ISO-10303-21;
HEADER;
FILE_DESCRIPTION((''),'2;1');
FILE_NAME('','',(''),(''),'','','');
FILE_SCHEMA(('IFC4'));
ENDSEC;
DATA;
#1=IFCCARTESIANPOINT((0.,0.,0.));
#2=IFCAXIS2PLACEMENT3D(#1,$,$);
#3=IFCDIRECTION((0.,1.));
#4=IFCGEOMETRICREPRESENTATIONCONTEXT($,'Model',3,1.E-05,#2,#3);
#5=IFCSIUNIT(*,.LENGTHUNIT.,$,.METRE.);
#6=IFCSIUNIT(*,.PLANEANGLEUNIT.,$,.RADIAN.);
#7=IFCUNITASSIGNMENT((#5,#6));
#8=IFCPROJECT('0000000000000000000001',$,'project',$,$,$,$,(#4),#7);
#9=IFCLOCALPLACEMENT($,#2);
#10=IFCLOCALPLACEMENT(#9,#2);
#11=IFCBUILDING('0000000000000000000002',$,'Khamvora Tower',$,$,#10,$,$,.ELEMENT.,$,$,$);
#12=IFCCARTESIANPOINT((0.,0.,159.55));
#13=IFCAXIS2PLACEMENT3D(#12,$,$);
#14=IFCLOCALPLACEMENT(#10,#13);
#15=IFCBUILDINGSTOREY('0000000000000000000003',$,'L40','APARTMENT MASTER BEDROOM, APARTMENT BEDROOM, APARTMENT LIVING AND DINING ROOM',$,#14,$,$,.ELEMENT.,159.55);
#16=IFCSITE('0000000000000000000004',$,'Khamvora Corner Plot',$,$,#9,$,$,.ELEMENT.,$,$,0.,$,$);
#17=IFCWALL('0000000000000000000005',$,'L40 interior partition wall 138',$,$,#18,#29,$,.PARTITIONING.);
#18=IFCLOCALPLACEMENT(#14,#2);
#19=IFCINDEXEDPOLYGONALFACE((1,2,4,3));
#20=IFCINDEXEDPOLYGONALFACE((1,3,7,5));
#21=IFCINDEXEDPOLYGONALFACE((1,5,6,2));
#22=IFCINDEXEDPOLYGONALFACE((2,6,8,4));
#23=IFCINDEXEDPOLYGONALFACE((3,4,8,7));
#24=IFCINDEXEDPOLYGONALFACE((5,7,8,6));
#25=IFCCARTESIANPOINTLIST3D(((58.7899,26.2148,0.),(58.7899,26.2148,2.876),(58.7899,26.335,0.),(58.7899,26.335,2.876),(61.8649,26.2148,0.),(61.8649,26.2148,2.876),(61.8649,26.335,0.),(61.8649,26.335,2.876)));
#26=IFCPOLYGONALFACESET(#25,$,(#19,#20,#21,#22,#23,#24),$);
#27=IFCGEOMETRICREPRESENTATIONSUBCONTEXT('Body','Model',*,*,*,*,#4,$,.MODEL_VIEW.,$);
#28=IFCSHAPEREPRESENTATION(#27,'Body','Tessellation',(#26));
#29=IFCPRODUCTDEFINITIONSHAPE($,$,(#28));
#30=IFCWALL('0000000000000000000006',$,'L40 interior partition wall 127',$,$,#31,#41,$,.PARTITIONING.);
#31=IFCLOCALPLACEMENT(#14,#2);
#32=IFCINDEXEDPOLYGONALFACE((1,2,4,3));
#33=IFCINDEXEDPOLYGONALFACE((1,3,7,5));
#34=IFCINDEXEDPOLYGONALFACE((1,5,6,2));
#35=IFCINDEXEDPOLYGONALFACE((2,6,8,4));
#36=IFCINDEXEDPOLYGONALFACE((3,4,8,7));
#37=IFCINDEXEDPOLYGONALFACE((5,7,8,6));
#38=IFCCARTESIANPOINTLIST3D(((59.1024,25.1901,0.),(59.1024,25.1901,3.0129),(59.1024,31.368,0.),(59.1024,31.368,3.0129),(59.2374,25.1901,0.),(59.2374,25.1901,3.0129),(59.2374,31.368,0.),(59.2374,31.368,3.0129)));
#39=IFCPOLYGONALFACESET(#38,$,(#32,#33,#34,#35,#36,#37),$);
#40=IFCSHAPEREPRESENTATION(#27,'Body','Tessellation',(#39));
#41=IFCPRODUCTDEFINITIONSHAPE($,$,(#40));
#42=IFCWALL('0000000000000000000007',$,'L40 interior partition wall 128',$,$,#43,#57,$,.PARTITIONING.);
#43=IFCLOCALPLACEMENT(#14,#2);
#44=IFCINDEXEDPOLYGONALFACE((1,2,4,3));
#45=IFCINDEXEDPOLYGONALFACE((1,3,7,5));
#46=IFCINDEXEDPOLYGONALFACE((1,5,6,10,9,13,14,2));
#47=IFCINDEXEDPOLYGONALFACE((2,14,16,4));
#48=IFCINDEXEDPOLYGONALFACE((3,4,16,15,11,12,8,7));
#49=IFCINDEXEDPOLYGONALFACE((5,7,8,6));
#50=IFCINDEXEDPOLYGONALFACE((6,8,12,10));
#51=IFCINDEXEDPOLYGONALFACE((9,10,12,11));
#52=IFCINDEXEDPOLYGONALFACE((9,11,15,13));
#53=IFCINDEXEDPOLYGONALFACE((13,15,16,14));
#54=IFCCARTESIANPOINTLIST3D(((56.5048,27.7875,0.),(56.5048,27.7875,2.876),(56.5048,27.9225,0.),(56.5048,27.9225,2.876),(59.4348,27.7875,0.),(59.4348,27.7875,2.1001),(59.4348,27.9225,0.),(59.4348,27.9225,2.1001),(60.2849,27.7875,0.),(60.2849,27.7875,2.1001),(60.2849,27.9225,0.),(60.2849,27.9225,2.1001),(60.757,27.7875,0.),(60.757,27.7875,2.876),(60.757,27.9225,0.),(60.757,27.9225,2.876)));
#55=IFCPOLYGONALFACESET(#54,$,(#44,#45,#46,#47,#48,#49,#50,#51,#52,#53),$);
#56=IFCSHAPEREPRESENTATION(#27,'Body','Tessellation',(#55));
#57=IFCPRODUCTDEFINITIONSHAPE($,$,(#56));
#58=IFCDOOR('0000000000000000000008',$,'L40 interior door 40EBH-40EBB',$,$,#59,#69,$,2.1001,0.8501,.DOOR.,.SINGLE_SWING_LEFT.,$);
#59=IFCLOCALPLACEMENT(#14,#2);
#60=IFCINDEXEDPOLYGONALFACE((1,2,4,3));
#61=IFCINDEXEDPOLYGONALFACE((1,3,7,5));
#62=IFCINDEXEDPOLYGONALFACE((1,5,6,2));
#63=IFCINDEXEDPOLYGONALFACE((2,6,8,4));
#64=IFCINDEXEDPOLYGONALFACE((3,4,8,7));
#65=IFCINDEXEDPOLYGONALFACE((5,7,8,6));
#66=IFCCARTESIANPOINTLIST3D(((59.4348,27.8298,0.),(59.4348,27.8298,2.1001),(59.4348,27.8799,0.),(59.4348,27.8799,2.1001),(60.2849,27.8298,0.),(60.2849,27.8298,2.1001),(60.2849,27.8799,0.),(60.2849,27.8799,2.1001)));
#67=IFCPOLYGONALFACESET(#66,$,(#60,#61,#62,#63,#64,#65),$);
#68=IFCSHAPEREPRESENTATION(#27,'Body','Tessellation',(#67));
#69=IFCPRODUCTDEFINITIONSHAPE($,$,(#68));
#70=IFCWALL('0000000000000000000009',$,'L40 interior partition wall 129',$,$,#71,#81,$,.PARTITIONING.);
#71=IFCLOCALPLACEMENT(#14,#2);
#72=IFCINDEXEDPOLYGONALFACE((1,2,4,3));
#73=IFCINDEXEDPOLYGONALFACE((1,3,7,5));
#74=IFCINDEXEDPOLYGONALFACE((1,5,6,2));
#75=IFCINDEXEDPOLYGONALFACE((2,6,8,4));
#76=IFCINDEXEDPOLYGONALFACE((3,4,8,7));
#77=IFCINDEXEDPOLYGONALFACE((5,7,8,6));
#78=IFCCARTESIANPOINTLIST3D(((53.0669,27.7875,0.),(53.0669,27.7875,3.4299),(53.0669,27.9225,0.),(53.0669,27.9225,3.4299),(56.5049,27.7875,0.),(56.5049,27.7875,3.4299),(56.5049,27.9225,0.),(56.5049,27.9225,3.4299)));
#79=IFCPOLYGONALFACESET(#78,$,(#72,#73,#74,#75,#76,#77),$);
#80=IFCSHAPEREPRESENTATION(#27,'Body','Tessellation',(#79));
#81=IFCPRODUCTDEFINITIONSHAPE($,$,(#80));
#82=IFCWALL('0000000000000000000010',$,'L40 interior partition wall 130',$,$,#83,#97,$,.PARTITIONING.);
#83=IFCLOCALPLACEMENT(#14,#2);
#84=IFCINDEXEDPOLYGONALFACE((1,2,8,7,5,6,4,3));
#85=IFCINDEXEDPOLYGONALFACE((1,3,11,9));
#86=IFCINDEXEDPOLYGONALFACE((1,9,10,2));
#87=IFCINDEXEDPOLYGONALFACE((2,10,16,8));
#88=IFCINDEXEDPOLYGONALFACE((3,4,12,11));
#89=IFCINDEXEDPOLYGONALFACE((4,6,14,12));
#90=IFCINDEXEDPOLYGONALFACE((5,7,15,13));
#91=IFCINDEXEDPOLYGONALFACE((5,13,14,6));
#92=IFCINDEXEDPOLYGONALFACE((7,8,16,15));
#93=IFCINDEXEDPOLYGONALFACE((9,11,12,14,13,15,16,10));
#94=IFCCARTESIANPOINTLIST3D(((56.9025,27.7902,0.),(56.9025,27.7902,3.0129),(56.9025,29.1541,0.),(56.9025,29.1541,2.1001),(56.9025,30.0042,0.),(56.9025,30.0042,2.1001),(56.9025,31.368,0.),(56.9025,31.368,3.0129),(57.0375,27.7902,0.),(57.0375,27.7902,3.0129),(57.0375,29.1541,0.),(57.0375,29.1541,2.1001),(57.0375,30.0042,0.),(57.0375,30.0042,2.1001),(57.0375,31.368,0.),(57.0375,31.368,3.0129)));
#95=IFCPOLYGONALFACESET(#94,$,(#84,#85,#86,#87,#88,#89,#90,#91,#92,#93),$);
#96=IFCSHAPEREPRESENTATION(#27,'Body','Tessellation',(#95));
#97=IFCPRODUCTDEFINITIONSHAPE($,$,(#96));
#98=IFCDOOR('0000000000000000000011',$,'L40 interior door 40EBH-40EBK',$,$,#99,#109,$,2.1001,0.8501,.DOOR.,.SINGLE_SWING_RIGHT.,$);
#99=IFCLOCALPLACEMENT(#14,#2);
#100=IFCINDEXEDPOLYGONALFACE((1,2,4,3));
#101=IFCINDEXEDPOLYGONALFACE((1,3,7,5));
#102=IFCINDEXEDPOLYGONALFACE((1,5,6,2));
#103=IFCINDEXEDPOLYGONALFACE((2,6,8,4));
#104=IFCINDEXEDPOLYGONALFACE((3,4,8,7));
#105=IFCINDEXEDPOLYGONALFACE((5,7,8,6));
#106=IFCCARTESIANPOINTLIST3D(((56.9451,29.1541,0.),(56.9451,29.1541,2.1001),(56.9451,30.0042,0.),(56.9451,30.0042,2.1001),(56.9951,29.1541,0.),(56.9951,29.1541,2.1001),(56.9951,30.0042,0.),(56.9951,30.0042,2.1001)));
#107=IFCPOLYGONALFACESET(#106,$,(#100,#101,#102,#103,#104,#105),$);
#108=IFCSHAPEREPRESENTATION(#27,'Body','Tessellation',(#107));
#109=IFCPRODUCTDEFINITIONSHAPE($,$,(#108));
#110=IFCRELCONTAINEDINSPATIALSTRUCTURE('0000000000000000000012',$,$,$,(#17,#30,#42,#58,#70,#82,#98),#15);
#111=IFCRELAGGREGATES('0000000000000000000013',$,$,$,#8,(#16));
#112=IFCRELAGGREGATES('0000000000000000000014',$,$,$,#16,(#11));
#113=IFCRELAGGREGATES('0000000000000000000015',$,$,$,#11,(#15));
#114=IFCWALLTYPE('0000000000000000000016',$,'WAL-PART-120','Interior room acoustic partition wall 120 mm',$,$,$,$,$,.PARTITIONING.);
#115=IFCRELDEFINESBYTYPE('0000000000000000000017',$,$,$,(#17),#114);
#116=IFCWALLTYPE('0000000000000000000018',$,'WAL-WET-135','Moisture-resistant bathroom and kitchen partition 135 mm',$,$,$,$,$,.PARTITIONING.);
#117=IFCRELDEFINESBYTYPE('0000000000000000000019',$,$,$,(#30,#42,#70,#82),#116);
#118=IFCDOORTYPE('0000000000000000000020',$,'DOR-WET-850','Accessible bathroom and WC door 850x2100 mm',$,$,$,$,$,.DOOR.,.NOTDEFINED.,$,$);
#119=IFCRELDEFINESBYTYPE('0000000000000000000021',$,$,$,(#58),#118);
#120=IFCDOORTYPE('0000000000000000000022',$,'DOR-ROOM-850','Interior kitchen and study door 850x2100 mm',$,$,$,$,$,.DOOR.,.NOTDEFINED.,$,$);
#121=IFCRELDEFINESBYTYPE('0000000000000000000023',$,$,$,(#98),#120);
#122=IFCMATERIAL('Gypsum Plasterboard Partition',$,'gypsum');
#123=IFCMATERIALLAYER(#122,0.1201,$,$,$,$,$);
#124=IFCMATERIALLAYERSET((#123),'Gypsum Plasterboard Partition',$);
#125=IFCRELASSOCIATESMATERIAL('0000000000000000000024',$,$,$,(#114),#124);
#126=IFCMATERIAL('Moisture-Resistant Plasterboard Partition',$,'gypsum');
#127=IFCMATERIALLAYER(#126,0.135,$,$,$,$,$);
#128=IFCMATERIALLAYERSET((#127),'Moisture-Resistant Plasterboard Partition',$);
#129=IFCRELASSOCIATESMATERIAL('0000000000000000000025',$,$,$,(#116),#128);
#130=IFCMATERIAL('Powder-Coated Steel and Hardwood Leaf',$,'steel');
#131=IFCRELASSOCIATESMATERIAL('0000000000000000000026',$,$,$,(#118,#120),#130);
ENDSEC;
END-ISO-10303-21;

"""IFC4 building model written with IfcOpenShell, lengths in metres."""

from ifc_helpers import new_model, si_unit, direction, frame, frame_2d, origin, place, context, subcontext, project, spatial, rectangle, extrude, material, layer, layer_set, type_object, element, fill, save


model = new_model("IFC4")

# Units and contexts
model_context = context("Model", 3, precision=1e-05, world=origin(), true_north=direction((0.0, 1.0)))
body_context = subcontext(model_context, "Body", "Model", "MODEL_VIEW")
ifc_project = project(units=[si_unit("LENGTHUNIT", "METRE"), si_unit("PLANEANGLEUNIT", "RADIAN")], contexts=[model_context])

# Site, building, storey
site_placement = place(None, origin())
site = spatial("IfcSite", under=ifc_project, at=site_placement, Name="Khamvora Corner Plot", CompositionType="ELEMENT", RefElevation=0.0)
building_placement = place(site_placement, origin())
building = spatial("IfcBuilding", under=site, at=building_placement, Name="Khamvora Tower", CompositionType="ELEMENT")
storey_placement = place(building_placement, frame((0.0, 0.0, 159.55)))
storey = spatial("IfcBuildingStorey", under=building, at=storey_placement, Name="L40", Description="APARTMENT MASTER BEDROOM, APARTMENT BEDROOM, APARTMENT LIVING AND DINING ROOM", CompositionType="ELEMENT", Elevation=159.55)

# Shared definitions
ifc_material_1 = material(Name="Powder-Coated Steel and Hardwood Leaf", Category="steel")

# Shared definitions
ifc_material_2 = material(Name="Gypsum Plasterboard Partition", Category="gypsum")
ifc_layer_1 = layer(ifc_material_2, 0.1201)
ifc_layer_set_1 = layer_set([ifc_layer_1], Name="Gypsum Plasterboard Partition")
wall_type_1 = type_object("IfcWallType", Name="WAL-PART-120", Description="Interior room acoustic partition wall 120 mm", PredefinedType="PARTITIONING", material=ifc_layer_set_1)

# Walls
wall_1_placement = place(storey_placement, frame((61.865, 26.2749, 0.0), z_axis=(0.0, 0.0, 1.0), x_axis=(-1.0, 0.0, 0.0)))
element("IfcWall", 1, at=wall_1_placement, inside=storey, type_object=wall_type_1, Name="L40 interior partition wall 138", PredefinedType="PARTITIONING", context=body_context, shape_type="SweptSolid", body=[
    extrude(rectangle(XDim=3.075, YDim=0.1201, at=frame_2d((1.5376, 0.0))), origin(), (0.0, 0.0, 1.0), 2.876),
])
ifc_material_3 = material(Name="Moisture-Resistant Plasterboard Partition", Category="gypsum")
ifc_layer_2 = layer(ifc_material_3, 0.135)
ifc_layer_set_2 = layer_set([ifc_layer_2], Name="Moisture-Resistant Plasterboard Partition")
wall_type_2 = type_object("IfcWallType", Name="WAL-WET-135", Description="Moisture-resistant bathroom and kitchen partition 135 mm", PredefinedType="PARTITIONING", material=ifc_layer_set_2)
wall_2_placement = place(storey_placement, frame((59.1699, 31.3679, 0.0), z_axis=(0.0, 0.0, 1.0), x_axis=(0.0, -1.0, 0.0)))
element("IfcWall", 2, at=wall_2_placement, inside=storey, type_object=wall_type_2, Name="L40 interior partition wall 127", PredefinedType="PARTITIONING", context=body_context, shape_type="SweptSolid", body=[
    extrude(rectangle(XDim=6.178, YDim=0.135, at=frame_2d((3.0889, 0.0))), origin(), (0.0, 0.0, 1.0), 3.0129),
])

# Wall, opening, door
wall_3_placement = place(storey_placement, frame((56.5049, 27.855, 0.0), z_axis=(0.0, 0.0, 1.0), x_axis=(1.0, 0.0, 0.0)))
wall_3 = element("IfcWall", 3, at=wall_3_placement, inside=storey, type_object=wall_type_2, Name="L40 interior partition wall 128", PredefinedType="PARTITIONING", context=body_context, shape_type="SweptSolid", body=[
    extrude(rectangle(XDim=4.2522, YDim=0.135, at=frame_2d((2.126, 0.0))), origin(), (0.0, 0.0, 1.0), 2.876),
])
opening_1_placement = place(wall_3_placement, frame((2.9299, 0.0, 0.0)))
opening_1 = element("IfcOpeningElement", 4, at=opening_1_placement, cuts=wall_3, PredefinedType="OPENING", context=body_context, shape_type="SweptSolid", body=[
    extrude(rectangle(XDim=0.8501, YDim=2.1001, at=frame_2d((0.425, 1.05))), frame((0.0, 0.0774, 0.0), z_axis=(0.0, -1.0, 0.0), x_axis=(1.0, 0.0, 0.0)), (0.0, 0.0, 1.0), 0.155),
])
door_type_1 = type_object("IfcDoorType", Name="DOR-WET-850", Description="Accessible bathroom and WC door 850x2100 mm", OperationType="NOTDEFINED", PredefinedType="DOOR", material=ifc_material_1)
door_1_placement = place(opening_1_placement, origin())
door_1 = element("IfcDoor", 5, at=door_1_placement, inside=storey, type_object=door_type_1, Name="L40 interior door 40EBH-40EBB", OperationType="SINGLE_SWING_LEFT", OverallHeight=2.1001, OverallWidth=0.8501, PredefinedType="DOOR", context=body_context, shape_type="SweptSolid", body=[
    extrude(rectangle(XDim=0.8501, YDim=2.1001, at=frame_2d((0.425, 1.05))), frame((0.0, 0.0249, 0.0), z_axis=(0.0, -1.0, 0.0), x_axis=(1.0, 0.0, 0.0)), (0.0, 0.0, 1.0), 0.05),
])
fill(opening_1, door_1)

# Wall
wall_4_placement = place(storey_placement, frame((53.0669, 27.855, 0.0), z_axis=(0.0, 0.0, 1.0), x_axis=(1.0, 0.0, 0.0)))
element("IfcWall", 6, at=wall_4_placement, inside=storey, type_object=wall_type_2, Name="L40 interior partition wall 129", PredefinedType="PARTITIONING", context=body_context, shape_type="SweptSolid", body=[
    extrude(rectangle(XDim=3.438, YDim=0.135, at=frame_2d((1.719, 0.0))), origin(), (0.0, 0.0, 1.0), 3.4299),
])

# Wall, opening, door
wall_5_placement = place(storey_placement, frame((56.97, 27.79, 0.0), z_axis=(0.0, 0.0, 1.0), x_axis=(0.0, 1.0, 0.0)))
wall_5 = element("IfcWall", 7, at=wall_5_placement, inside=storey, type_object=wall_type_2, Name="L40 interior partition wall 130", PredefinedType="PARTITIONING", context=body_context, shape_type="SweptSolid", body=[
    extrude(rectangle(XDim=3.5779, YDim=0.135, at=frame_2d((1.7891, 0.0))), origin(), (0.0, 0.0, 1.0), 3.0129),
])
opening_2_placement = place(wall_5_placement, frame((1.364, 0.0, 0.0)))
opening_2 = element("IfcOpeningElement", 8, at=opening_2_placement, cuts=wall_5, PredefinedType="OPENING", context=body_context, shape_type="SweptSolid", body=[
    extrude(rectangle(XDim=0.8501, YDim=2.1001, at=frame_2d((0.425, 1.05))), frame((0.0, 0.0774, 0.0), z_axis=(0.0, -1.0, 0.0), x_axis=(1.0, 0.0, 0.0)), (0.0, 0.0, 1.0), 0.155),
])
door_type_2 = type_object("IfcDoorType", Name="DOR-ROOM-850", Description="Interior kitchen and study door 850x2100 mm", OperationType="NOTDEFINED", PredefinedType="DOOR", material=ifc_material_1)
door_2_placement = place(opening_2_placement, origin())
door_2 = element("IfcDoor", 9, at=door_2_placement, inside=storey, type_object=door_type_2, Name="L40 interior door 40EBH-40EBK", OperationType="SINGLE_SWING_RIGHT", OverallHeight=2.1001, OverallWidth=0.8501, PredefinedType="DOOR", context=body_context, shape_type="SweptSolid", body=[
    extrude(rectangle(XDim=0.8501, YDim=2.1001, at=frame_2d((0.425, 1.05))), frame((0.0, 0.0249, 0.0), z_axis=(0.0, -1.0, 0.0), x_axis=(1.0, 0.0, 0.0)), (0.0, 0.0, 1.0), 0.05),
])
fill(opening_2, door_2)

save(model, "model.ifc")
